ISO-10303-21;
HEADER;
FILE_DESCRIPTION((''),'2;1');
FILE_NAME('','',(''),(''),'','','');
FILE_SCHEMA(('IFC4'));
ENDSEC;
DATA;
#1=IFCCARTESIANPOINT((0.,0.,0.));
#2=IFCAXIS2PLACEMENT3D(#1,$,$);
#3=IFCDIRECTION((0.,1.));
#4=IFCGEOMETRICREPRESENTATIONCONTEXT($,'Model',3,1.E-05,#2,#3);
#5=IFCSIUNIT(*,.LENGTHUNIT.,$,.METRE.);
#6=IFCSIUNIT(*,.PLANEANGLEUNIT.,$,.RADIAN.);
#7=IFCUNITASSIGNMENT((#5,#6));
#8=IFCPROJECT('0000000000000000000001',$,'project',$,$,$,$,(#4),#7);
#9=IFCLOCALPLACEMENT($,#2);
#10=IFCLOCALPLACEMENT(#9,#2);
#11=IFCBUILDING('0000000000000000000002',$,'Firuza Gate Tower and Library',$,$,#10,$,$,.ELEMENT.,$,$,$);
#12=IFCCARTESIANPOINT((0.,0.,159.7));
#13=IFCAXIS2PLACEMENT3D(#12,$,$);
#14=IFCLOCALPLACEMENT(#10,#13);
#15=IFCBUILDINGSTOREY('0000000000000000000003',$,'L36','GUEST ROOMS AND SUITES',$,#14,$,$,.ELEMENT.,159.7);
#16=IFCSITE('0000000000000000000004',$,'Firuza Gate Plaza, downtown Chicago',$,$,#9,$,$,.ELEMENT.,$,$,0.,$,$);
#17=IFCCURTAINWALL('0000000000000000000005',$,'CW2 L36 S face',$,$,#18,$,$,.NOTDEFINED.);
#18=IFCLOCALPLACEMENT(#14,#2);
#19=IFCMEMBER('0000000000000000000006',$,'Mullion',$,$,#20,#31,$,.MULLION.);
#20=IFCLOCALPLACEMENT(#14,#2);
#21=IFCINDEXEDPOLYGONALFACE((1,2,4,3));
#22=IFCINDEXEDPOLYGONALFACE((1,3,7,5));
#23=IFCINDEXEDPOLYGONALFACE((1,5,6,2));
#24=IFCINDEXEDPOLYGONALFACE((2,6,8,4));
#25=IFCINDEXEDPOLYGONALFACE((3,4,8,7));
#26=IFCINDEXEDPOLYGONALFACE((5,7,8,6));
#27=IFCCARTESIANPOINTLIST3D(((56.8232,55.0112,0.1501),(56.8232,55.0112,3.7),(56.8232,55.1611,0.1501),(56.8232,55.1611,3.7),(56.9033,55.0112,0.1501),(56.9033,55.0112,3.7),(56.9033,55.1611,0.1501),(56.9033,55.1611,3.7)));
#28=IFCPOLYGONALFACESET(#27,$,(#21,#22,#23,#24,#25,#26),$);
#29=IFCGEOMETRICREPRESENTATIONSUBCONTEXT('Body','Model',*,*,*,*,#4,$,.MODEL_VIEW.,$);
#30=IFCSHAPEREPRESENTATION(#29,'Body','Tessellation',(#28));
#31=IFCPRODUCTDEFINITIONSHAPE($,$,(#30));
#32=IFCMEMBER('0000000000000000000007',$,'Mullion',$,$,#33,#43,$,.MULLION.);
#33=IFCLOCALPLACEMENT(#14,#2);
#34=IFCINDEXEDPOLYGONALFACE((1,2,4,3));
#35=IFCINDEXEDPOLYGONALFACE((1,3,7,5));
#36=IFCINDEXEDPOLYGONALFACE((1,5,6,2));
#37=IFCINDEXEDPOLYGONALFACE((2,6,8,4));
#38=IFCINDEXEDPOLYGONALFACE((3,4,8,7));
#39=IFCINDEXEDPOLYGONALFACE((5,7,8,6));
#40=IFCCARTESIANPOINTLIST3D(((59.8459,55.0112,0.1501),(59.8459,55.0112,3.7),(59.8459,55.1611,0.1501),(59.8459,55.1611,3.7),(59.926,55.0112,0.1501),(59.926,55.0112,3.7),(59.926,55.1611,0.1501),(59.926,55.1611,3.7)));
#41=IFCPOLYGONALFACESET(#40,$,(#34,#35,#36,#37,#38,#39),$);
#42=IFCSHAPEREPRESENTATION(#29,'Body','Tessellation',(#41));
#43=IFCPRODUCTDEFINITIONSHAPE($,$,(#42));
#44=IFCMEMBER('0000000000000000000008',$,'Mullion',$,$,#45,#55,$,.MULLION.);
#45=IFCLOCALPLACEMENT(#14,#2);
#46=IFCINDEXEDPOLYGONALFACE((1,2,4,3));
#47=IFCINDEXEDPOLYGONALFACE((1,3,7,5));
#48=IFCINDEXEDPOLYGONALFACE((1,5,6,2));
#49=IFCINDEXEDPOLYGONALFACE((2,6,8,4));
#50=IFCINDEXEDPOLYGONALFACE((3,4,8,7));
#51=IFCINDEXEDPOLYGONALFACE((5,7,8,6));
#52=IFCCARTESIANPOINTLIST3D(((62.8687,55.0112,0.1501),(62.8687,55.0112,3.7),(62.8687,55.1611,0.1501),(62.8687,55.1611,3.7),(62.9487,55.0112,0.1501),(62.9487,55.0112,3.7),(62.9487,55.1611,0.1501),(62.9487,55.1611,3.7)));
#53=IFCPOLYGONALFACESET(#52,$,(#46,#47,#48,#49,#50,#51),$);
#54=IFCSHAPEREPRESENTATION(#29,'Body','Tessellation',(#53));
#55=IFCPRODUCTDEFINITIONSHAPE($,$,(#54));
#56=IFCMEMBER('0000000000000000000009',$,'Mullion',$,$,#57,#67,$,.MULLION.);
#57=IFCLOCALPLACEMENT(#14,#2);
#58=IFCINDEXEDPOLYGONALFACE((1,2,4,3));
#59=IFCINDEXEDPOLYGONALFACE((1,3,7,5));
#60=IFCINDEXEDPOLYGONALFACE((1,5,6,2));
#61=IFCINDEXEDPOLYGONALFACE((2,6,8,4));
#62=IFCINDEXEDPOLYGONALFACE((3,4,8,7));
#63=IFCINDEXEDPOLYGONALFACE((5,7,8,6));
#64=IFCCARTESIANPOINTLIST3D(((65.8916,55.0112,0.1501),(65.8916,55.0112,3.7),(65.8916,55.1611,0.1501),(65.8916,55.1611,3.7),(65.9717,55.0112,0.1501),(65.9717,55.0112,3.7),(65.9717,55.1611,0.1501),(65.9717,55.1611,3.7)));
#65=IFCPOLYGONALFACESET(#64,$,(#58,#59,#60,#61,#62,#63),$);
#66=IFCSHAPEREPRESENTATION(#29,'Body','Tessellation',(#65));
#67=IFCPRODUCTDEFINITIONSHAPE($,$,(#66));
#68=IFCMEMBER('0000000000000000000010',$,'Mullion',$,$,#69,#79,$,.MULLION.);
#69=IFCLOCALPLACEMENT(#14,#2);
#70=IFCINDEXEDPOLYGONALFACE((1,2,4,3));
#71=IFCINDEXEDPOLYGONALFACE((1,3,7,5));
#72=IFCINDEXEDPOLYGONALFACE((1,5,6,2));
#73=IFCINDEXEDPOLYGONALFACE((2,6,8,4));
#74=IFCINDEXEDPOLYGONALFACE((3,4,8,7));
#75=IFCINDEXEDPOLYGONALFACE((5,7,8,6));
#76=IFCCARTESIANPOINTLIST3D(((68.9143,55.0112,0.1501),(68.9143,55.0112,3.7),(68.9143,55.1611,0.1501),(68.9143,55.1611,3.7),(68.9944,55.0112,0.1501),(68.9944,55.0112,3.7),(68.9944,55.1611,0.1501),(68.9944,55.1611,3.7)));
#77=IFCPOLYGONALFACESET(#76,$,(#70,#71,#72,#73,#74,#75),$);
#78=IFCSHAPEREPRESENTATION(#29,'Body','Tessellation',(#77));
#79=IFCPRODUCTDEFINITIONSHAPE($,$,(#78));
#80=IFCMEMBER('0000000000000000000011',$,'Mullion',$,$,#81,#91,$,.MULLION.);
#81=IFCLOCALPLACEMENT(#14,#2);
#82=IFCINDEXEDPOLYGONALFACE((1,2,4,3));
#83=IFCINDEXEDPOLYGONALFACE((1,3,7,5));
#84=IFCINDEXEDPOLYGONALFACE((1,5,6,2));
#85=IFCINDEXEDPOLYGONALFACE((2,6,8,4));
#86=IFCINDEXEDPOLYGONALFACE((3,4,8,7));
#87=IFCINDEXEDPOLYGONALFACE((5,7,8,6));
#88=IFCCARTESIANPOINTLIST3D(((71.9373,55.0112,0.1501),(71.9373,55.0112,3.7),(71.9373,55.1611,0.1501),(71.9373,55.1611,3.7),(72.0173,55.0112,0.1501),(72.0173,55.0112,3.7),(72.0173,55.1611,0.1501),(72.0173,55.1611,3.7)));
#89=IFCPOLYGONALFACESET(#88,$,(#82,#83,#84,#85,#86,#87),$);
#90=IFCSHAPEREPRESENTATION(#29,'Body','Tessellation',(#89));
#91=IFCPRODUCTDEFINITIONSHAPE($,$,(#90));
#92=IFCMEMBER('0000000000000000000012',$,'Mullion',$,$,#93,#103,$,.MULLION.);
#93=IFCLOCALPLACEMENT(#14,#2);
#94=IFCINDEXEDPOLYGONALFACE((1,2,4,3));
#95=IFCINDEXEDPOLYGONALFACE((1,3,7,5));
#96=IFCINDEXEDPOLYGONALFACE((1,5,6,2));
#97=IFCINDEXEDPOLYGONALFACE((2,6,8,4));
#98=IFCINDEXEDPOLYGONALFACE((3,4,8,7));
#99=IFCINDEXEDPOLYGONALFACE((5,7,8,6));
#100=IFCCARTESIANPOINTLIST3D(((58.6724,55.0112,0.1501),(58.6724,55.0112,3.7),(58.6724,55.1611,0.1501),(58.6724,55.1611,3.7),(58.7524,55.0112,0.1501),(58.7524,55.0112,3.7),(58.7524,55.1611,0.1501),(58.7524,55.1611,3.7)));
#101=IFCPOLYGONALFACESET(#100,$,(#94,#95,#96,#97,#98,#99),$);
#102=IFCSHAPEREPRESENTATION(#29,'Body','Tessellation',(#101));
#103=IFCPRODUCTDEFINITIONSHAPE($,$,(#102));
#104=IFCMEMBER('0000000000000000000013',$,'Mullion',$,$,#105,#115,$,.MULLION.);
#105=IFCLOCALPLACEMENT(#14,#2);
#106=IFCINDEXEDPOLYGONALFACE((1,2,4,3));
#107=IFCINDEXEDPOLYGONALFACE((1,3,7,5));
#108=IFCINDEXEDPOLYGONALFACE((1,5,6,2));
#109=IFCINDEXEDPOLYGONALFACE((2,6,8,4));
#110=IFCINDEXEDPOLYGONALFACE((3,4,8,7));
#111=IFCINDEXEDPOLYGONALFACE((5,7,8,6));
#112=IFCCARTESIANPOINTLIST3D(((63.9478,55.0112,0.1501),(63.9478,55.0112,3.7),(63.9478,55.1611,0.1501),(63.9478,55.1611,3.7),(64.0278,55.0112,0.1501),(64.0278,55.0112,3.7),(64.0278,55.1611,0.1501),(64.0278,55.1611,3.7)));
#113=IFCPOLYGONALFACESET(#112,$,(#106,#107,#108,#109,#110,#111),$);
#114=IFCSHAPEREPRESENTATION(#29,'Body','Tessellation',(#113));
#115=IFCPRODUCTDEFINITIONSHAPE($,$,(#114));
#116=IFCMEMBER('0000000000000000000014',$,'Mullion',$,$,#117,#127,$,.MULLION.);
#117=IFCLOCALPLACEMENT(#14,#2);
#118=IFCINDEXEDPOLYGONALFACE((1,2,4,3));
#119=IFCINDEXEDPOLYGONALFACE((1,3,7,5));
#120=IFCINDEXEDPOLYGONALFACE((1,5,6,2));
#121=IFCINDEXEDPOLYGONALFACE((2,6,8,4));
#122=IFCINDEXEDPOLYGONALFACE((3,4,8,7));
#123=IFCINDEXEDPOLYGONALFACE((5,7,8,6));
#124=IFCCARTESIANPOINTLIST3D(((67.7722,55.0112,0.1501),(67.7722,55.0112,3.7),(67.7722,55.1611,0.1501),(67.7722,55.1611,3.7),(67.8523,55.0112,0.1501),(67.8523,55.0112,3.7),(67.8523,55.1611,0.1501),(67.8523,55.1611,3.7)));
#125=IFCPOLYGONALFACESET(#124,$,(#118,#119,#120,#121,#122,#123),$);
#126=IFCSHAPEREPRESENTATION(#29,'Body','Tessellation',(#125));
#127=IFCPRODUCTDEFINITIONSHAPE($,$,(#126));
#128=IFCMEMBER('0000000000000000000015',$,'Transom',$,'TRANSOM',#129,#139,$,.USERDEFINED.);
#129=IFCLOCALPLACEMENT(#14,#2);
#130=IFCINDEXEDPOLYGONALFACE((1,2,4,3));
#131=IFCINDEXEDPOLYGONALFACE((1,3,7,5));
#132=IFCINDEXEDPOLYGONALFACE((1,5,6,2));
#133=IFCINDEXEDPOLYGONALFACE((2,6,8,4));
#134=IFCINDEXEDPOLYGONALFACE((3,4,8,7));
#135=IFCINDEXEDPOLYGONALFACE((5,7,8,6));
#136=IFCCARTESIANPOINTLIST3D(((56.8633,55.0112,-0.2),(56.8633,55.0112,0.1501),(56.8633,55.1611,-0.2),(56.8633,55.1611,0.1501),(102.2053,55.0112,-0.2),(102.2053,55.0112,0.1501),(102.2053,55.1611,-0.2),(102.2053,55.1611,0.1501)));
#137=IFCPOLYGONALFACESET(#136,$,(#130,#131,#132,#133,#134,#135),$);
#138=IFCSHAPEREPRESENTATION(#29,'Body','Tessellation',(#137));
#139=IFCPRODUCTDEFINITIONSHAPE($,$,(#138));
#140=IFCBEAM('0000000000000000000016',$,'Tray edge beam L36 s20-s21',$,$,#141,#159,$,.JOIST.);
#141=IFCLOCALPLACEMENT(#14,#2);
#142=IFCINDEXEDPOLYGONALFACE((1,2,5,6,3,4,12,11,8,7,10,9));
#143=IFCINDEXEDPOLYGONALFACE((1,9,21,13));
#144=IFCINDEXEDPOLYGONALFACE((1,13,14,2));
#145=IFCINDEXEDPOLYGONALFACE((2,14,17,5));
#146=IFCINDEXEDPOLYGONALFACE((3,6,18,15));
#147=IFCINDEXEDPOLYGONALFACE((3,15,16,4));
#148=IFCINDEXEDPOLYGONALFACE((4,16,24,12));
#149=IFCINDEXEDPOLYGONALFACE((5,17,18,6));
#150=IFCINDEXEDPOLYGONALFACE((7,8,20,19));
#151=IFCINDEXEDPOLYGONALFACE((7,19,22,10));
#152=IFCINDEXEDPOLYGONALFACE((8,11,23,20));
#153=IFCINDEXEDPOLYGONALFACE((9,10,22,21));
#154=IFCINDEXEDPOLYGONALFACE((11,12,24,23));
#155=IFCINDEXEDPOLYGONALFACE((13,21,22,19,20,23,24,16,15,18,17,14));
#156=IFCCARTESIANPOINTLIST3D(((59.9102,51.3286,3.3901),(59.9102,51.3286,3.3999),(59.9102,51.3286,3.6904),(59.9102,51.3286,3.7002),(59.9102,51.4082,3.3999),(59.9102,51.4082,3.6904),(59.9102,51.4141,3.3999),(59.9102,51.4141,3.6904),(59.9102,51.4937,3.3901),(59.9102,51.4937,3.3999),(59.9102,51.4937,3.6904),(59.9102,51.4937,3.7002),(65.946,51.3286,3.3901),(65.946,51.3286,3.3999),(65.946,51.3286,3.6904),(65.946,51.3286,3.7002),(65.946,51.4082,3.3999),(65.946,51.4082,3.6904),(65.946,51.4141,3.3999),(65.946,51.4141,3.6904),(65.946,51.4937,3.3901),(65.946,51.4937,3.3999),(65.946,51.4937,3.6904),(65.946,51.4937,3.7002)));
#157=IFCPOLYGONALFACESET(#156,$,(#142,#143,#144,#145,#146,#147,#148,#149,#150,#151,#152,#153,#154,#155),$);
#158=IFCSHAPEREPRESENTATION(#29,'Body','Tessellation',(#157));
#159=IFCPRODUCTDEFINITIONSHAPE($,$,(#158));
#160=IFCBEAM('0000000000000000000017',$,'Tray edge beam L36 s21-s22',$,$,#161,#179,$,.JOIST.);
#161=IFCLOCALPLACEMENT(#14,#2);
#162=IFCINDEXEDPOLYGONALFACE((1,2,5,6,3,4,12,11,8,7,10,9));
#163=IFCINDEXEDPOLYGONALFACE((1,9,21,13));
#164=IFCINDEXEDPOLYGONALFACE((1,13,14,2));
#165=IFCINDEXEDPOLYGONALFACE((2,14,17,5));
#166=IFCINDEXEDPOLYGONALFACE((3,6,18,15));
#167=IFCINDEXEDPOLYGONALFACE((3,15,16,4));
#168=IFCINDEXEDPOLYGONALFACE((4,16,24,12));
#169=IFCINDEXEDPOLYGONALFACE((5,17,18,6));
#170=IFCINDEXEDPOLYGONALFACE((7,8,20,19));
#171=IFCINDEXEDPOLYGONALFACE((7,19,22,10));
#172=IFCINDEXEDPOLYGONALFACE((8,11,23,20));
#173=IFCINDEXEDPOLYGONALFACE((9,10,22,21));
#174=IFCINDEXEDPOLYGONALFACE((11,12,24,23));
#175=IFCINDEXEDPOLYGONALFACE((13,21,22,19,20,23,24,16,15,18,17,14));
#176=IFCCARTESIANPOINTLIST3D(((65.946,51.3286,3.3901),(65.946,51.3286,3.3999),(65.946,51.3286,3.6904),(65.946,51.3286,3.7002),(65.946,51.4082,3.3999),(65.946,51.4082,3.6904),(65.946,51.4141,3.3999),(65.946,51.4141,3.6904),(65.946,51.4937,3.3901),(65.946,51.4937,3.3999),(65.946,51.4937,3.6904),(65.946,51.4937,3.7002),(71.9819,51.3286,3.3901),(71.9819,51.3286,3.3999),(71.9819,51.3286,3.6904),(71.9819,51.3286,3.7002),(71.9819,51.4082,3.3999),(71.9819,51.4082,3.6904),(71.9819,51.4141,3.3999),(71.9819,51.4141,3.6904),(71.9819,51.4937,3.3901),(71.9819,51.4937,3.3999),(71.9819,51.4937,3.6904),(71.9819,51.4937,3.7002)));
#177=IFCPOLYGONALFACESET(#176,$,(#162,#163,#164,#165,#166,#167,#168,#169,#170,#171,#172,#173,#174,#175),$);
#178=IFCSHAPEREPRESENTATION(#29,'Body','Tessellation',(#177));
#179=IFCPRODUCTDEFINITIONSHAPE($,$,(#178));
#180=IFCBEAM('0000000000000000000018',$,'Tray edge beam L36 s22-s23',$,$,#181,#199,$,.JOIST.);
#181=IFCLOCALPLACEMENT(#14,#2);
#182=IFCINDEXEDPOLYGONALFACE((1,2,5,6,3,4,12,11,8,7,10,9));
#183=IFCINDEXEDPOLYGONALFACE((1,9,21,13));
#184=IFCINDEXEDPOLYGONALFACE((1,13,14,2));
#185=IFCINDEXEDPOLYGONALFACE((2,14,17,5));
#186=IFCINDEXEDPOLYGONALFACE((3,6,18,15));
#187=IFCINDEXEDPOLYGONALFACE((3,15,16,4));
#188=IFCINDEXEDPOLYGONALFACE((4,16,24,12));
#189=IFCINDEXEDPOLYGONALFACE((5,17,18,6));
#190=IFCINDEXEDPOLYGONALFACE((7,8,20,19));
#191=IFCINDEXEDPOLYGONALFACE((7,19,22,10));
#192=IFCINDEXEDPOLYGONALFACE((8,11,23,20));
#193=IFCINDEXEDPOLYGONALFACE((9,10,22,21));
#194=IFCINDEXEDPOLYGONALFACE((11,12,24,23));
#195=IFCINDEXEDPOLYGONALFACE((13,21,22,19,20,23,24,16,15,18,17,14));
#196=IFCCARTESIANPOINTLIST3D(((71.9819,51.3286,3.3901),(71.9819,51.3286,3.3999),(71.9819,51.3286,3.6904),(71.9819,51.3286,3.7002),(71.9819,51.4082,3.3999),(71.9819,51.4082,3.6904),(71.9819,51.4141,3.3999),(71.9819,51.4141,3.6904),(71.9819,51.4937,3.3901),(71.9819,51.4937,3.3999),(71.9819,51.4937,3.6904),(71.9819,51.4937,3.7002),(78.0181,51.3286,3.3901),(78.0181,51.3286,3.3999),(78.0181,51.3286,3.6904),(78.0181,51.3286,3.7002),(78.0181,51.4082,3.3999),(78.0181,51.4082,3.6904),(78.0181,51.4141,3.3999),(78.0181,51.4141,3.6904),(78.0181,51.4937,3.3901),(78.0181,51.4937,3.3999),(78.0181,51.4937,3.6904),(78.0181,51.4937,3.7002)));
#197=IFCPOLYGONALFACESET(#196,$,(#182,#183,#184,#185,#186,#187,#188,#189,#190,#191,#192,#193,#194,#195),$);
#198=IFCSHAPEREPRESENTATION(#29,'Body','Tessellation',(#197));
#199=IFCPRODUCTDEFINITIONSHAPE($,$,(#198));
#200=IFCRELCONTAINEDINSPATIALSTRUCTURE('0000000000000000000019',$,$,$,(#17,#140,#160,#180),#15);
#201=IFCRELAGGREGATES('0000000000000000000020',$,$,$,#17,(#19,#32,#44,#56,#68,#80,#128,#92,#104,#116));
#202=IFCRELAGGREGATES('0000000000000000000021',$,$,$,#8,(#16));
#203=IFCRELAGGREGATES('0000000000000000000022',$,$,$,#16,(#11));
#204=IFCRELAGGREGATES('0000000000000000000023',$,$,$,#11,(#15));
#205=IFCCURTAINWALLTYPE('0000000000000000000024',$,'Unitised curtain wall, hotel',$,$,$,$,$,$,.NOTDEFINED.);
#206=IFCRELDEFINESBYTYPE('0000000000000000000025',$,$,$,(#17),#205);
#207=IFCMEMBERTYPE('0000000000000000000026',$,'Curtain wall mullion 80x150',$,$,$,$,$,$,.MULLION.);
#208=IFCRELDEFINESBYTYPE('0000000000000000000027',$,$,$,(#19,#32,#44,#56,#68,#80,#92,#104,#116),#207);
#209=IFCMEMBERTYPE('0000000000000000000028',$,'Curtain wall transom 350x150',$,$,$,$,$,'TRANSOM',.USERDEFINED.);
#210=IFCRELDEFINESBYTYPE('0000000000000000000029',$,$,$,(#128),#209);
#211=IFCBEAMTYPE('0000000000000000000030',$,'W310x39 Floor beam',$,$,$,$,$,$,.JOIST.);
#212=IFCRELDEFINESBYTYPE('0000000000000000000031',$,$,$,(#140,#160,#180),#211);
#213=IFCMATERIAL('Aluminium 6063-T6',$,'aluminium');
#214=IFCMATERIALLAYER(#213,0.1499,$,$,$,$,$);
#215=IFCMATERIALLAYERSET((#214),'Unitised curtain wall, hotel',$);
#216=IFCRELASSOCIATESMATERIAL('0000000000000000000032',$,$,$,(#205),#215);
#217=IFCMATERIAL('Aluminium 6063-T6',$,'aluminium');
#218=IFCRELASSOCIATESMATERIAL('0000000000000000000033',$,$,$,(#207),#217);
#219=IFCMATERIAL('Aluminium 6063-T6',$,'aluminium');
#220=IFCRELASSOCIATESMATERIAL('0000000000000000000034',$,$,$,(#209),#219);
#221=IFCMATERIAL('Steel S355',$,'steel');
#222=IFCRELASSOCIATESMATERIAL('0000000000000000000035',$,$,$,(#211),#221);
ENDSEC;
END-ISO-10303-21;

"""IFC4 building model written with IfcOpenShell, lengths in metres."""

from ifc_helpers import new_model, si_unit, direction, frame, origin, origin_2d, place, context, subcontext, project, spatial, rectangle, i_section, extrude, material, layer, layer_set, material_profile, profile_set, type_object, element, aggregate, save


model = new_model("IFC4")

# Units and contexts
model_context = context("Model", 3, precision=1e-05, world=origin(), true_north=direction((0.0, 1.0)))
body_context = subcontext(model_context, "Body", "Model", "MODEL_VIEW")
ifc_project = project(units=[si_unit("LENGTHUNIT", "METRE"), si_unit("PLANEANGLEUNIT", "RADIAN")], contexts=[model_context])

# Site, building, storey
site_placement = place(None, origin())
site = spatial("IfcSite", under=ifc_project, at=site_placement, Name="Firuza Gate Plaza, downtown Chicago", CompositionType="ELEMENT", RefElevation=0.0)
building_placement = place(site_placement, origin())
building = spatial("IfcBuilding", under=site, at=building_placement, Name="Firuza Gate Tower and Library", CompositionType="ELEMENT")
storey_placement = place(building_placement, frame((0.0, 0.0, 159.7)))
storey = spatial("IfcBuildingStorey", under=building, at=storey_placement, Name="L36", Description="GUEST ROOMS AND SUITES", CompositionType="ELEMENT", Elevation=159.7)

# Curtain wall, members
ifc_material_1 = material(Name="Aluminium 6063-T6", Category="aluminium")
ifc_layer_1 = layer(ifc_material_1, 0.1499)
ifc_layer_set_1 = layer_set([ifc_layer_1], Name="Unitised curtain wall, hotel")
curtain_wall_type = type_object("IfcCurtainWallType", Name="Unitised curtain wall, hotel", PredefinedType="NOTDEFINED", material=ifc_layer_set_1)
curtain_wall_placement = place(storey_placement, origin())
curtain_wall = element("IfcCurtainWall", 1, at=curtain_wall_placement, inside=storey, type_object=curtain_wall_type, Name="CW2 L36 S face", PredefinedType="NOTDEFINED")
ifc_material_2 = material(Name="Aluminium 6063-T6", Category="aluminium")
ifc_material_profile_1 = material_profile(ifc_material_2, rectangle(XDim=0.1499, YDim=0.0801, at=origin_2d()))
ifc_profile_set_1 = profile_set([ifc_material_profile_1], Name="Aluminium 6063-T6")
member_type_1 = type_object("IfcMemberType", Name="Curtain wall mullion 80x150", PredefinedType="MULLION", material=ifc_profile_set_1)
member_1_placement = place(storey_placement, frame((56.8633, 55.0862, 0.1501), z_axis=(0.0, 0.0, 1.0), x_axis=(0.0, 1.0, 0.0)))
member_1 = element("IfcMember", 2, at=member_1_placement, type_object=member_type_1, Name="Mullion", PredefinedType="MULLION", context=body_context, shape_type="SweptSolid", body=[
    extrude(rectangle(XDim=0.1499, YDim=0.0801, at=origin_2d()), origin(), (0.0, 0.0, 1.0), 3.5498),
])
member_2_placement = place(storey_placement, frame((59.886, 55.0862, 0.1501), z_axis=(0.0, 0.0, 1.0), x_axis=(0.0, 1.0, 0.0)))
member_2 = element("IfcMember", 3, at=member_2_placement, type_object=member_type_1, Name="Mullion", PredefinedType="MULLION", context=body_context, shape_type="SweptSolid", body=[
    extrude(rectangle(XDim=0.1499, YDim=0.0801, at=origin_2d()), origin(), (0.0, 0.0, 1.0), 3.5498),
])
member_3_placement = place(storey_placement, frame((62.9087, 55.0862, 0.1501), z_axis=(0.0, 0.0, 1.0), x_axis=(0.0, 1.0, 0.0)))
member_3 = element("IfcMember", 4, at=member_3_placement, type_object=member_type_1, Name="Mullion", PredefinedType="MULLION", context=body_context, shape_type="SweptSolid", body=[
    extrude(rectangle(XDim=0.1499, YDim=0.0801, at=origin_2d()), origin(), (0.0, 0.0, 1.0), 3.5498),
])
member_4_placement = place(storey_placement, frame((65.9316, 55.0862, 0.1501), z_axis=(0.0, 0.0, 1.0), x_axis=(0.0, 1.0, 0.0)))
member_4 = element("IfcMember", 5, at=member_4_placement, type_object=member_type_1, Name="Mullion", PredefinedType="MULLION", context=body_context, shape_type="SweptSolid", body=[
    extrude(rectangle(XDim=0.1499, YDim=0.0801, at=origin_2d()), origin(), (0.0, 0.0, 1.0), 3.5498),
])
member_5_placement = place(storey_placement, frame((68.9543, 55.0862, 0.1501), z_axis=(0.0, 0.0, 1.0), x_axis=(0.0, 1.0, 0.0)))
member_5 = element("IfcMember", 6, at=member_5_placement, type_object=member_type_1, Name="Mullion", PredefinedType="MULLION", context=body_context, shape_type="SweptSolid", body=[
    extrude(rectangle(XDim=0.1499, YDim=0.0801, at=origin_2d()), origin(), (0.0, 0.0, 1.0), 3.5498),
])
member_6_placement = place(storey_placement, frame((71.9773, 55.0862, 0.1501), z_axis=(0.0, 0.0, 1.0), x_axis=(0.0, 1.0, 0.0)))
member_6 = element("IfcMember", 7, at=member_6_placement, type_object=member_type_1, Name="Mullion", PredefinedType="MULLION", context=body_context, shape_type="SweptSolid", body=[
    extrude(rectangle(XDim=0.1499, YDim=0.0801, at=origin_2d()), origin(), (0.0, 0.0, 1.0), 3.5498),
])
member_7_placement = place(storey_placement, frame((58.7124, 55.0862, 0.1501), z_axis=(0.0, 0.0, 1.0), x_axis=(0.0, 1.0, 0.0)))
member_7 = element("IfcMember", 8, at=member_7_placement, type_object=member_type_1, Name="Mullion", PredefinedType="MULLION", context=body_context, shape_type="SweptSolid", body=[
    extrude(rectangle(XDim=0.1499, YDim=0.0801, at=origin_2d()), origin(), (0.0, 0.0, 1.0), 3.5498),
])
member_8_placement = place(storey_placement, frame((63.9878, 55.0862, 0.1501), z_axis=(0.0, 0.0, 1.0), x_axis=(0.0, 1.0, 0.0)))
member_8 = element("IfcMember", 9, at=member_8_placement, type_object=member_type_1, Name="Mullion", PredefinedType="MULLION", context=body_context, shape_type="SweptSolid", body=[
    extrude(rectangle(XDim=0.1499, YDim=0.0801, at=origin_2d()), origin(), (0.0, 0.0, 1.0), 3.5498),
])
member_9_placement = place(storey_placement, frame((67.8123, 55.0862, 0.1501), z_axis=(0.0, 0.0, 1.0), x_axis=(0.0, 1.0, 0.0)))
member_9 = element("IfcMember", 10, at=member_9_placement, type_object=member_type_1, Name="Mullion", PredefinedType="MULLION", context=body_context, shape_type="SweptSolid", body=[
    extrude(rectangle(XDim=0.1499, YDim=0.0801, at=origin_2d()), origin(), (0.0, 0.0, 1.0), 3.5498),
])
ifc_material_3 = material(Name="Aluminium 6063-T6", Category="aluminium")
ifc_material_profile_2 = material_profile(ifc_material_3, rectangle(XDim=0.1499, YDim=0.3501, at=origin_2d()))
ifc_profile_set_2 = profile_set([ifc_material_profile_2], Name="Aluminium 6063-T6")
member_type_2 = type_object("IfcMemberType", Name="Curtain wall transom 350x150", ElementType="TRANSOM", PredefinedType="USERDEFINED", material=ifc_profile_set_2)
member_10_placement = place(storey_placement, frame((56.8633, 55.0862, -0.0249), z_axis=(1.0, 0.0, 0.0), x_axis=(0.0, 1.0, 0.0)))
member_10 = element("IfcMember", 11, at=member_10_placement, type_object=member_type_2, Name="Transom", ObjectType="TRANSOM", PredefinedType="USERDEFINED", context=body_context, shape_type="SweptSolid", body=[
    extrude(rectangle(XDim=0.1499, YDim=0.3501, at=origin_2d()), origin(), (0.0, 0.0, 1.0), 45.342),
])

# Beams
ifc_material_4 = material(Name="Steel S355", Category="steel")
ifc_material_profile_3 = material_profile(ifc_material_4, i_section(OverallWidth=0.165, OverallDepth=0.3101, WebThickness=0.0059, FlangeThickness=0.0098, at=origin_2d()))
ifc_profile_set_3 = profile_set([ifc_material_profile_3], Name="Steel S355")
beam_type_1 = type_object("IfcBeamType", Name="W310x39 Floor beam", PredefinedType="JOIST", material=ifc_profile_set_3)
for number, where, z_axis, x_axis, name in (
    (12, (59.9102, 51.4111, 3.5452), (1.0, 0.0, 0.0), (0.0, 1.0, 0.0), "Tray edge beam L36 s20-s21"),
    (13, (65.946, 51.4111, 3.5452), (1.0, 0.0, 0.0), (0.0, 1.0, 0.0), "Tray edge beam L36 s21-s22"),
):
    element("IfcBeam", number, at=place(storey_placement, frame(where, z_axis=z_axis, x_axis=x_axis)), inside=storey, type_object=beam_type_1, Name=name, PredefinedType="JOIST", context=body_context, shape_type="SweptSolid", body=[
        extrude(i_section(OverallWidth=0.165, OverallDepth=0.3101, WebThickness=0.0059, FlangeThickness=0.0098, at=origin_2d()), origin(), (0.0, 0.0, 1.0), 6.0359),
    ])
beam_1_placement = place(storey_placement, frame((71.9819, 51.4111, 3.5452), z_axis=(1.0, 0.0, 0.0), x_axis=(0.0, 1.0, 0.0)))
element("IfcBeam", 14, at=beam_1_placement, inside=storey, type_object=beam_type_1, Name="Tray edge beam L36 s22-s23", PredefinedType="JOIST", context=body_context, shape_type="SweptSolid", body=[
    extrude(i_section(OverallWidth=0.165, OverallDepth=0.3101, WebThickness=0.0059, FlangeThickness=0.0098, at=origin_2d()), origin(), (0.0, 0.0, 1.0), 6.0361),
])

aggregate(curtain_wall, [member_1, member_2, member_3, member_4, member_5, member_6, member_10, member_7, member_8, member_9])

save(model, "model.ifc")
